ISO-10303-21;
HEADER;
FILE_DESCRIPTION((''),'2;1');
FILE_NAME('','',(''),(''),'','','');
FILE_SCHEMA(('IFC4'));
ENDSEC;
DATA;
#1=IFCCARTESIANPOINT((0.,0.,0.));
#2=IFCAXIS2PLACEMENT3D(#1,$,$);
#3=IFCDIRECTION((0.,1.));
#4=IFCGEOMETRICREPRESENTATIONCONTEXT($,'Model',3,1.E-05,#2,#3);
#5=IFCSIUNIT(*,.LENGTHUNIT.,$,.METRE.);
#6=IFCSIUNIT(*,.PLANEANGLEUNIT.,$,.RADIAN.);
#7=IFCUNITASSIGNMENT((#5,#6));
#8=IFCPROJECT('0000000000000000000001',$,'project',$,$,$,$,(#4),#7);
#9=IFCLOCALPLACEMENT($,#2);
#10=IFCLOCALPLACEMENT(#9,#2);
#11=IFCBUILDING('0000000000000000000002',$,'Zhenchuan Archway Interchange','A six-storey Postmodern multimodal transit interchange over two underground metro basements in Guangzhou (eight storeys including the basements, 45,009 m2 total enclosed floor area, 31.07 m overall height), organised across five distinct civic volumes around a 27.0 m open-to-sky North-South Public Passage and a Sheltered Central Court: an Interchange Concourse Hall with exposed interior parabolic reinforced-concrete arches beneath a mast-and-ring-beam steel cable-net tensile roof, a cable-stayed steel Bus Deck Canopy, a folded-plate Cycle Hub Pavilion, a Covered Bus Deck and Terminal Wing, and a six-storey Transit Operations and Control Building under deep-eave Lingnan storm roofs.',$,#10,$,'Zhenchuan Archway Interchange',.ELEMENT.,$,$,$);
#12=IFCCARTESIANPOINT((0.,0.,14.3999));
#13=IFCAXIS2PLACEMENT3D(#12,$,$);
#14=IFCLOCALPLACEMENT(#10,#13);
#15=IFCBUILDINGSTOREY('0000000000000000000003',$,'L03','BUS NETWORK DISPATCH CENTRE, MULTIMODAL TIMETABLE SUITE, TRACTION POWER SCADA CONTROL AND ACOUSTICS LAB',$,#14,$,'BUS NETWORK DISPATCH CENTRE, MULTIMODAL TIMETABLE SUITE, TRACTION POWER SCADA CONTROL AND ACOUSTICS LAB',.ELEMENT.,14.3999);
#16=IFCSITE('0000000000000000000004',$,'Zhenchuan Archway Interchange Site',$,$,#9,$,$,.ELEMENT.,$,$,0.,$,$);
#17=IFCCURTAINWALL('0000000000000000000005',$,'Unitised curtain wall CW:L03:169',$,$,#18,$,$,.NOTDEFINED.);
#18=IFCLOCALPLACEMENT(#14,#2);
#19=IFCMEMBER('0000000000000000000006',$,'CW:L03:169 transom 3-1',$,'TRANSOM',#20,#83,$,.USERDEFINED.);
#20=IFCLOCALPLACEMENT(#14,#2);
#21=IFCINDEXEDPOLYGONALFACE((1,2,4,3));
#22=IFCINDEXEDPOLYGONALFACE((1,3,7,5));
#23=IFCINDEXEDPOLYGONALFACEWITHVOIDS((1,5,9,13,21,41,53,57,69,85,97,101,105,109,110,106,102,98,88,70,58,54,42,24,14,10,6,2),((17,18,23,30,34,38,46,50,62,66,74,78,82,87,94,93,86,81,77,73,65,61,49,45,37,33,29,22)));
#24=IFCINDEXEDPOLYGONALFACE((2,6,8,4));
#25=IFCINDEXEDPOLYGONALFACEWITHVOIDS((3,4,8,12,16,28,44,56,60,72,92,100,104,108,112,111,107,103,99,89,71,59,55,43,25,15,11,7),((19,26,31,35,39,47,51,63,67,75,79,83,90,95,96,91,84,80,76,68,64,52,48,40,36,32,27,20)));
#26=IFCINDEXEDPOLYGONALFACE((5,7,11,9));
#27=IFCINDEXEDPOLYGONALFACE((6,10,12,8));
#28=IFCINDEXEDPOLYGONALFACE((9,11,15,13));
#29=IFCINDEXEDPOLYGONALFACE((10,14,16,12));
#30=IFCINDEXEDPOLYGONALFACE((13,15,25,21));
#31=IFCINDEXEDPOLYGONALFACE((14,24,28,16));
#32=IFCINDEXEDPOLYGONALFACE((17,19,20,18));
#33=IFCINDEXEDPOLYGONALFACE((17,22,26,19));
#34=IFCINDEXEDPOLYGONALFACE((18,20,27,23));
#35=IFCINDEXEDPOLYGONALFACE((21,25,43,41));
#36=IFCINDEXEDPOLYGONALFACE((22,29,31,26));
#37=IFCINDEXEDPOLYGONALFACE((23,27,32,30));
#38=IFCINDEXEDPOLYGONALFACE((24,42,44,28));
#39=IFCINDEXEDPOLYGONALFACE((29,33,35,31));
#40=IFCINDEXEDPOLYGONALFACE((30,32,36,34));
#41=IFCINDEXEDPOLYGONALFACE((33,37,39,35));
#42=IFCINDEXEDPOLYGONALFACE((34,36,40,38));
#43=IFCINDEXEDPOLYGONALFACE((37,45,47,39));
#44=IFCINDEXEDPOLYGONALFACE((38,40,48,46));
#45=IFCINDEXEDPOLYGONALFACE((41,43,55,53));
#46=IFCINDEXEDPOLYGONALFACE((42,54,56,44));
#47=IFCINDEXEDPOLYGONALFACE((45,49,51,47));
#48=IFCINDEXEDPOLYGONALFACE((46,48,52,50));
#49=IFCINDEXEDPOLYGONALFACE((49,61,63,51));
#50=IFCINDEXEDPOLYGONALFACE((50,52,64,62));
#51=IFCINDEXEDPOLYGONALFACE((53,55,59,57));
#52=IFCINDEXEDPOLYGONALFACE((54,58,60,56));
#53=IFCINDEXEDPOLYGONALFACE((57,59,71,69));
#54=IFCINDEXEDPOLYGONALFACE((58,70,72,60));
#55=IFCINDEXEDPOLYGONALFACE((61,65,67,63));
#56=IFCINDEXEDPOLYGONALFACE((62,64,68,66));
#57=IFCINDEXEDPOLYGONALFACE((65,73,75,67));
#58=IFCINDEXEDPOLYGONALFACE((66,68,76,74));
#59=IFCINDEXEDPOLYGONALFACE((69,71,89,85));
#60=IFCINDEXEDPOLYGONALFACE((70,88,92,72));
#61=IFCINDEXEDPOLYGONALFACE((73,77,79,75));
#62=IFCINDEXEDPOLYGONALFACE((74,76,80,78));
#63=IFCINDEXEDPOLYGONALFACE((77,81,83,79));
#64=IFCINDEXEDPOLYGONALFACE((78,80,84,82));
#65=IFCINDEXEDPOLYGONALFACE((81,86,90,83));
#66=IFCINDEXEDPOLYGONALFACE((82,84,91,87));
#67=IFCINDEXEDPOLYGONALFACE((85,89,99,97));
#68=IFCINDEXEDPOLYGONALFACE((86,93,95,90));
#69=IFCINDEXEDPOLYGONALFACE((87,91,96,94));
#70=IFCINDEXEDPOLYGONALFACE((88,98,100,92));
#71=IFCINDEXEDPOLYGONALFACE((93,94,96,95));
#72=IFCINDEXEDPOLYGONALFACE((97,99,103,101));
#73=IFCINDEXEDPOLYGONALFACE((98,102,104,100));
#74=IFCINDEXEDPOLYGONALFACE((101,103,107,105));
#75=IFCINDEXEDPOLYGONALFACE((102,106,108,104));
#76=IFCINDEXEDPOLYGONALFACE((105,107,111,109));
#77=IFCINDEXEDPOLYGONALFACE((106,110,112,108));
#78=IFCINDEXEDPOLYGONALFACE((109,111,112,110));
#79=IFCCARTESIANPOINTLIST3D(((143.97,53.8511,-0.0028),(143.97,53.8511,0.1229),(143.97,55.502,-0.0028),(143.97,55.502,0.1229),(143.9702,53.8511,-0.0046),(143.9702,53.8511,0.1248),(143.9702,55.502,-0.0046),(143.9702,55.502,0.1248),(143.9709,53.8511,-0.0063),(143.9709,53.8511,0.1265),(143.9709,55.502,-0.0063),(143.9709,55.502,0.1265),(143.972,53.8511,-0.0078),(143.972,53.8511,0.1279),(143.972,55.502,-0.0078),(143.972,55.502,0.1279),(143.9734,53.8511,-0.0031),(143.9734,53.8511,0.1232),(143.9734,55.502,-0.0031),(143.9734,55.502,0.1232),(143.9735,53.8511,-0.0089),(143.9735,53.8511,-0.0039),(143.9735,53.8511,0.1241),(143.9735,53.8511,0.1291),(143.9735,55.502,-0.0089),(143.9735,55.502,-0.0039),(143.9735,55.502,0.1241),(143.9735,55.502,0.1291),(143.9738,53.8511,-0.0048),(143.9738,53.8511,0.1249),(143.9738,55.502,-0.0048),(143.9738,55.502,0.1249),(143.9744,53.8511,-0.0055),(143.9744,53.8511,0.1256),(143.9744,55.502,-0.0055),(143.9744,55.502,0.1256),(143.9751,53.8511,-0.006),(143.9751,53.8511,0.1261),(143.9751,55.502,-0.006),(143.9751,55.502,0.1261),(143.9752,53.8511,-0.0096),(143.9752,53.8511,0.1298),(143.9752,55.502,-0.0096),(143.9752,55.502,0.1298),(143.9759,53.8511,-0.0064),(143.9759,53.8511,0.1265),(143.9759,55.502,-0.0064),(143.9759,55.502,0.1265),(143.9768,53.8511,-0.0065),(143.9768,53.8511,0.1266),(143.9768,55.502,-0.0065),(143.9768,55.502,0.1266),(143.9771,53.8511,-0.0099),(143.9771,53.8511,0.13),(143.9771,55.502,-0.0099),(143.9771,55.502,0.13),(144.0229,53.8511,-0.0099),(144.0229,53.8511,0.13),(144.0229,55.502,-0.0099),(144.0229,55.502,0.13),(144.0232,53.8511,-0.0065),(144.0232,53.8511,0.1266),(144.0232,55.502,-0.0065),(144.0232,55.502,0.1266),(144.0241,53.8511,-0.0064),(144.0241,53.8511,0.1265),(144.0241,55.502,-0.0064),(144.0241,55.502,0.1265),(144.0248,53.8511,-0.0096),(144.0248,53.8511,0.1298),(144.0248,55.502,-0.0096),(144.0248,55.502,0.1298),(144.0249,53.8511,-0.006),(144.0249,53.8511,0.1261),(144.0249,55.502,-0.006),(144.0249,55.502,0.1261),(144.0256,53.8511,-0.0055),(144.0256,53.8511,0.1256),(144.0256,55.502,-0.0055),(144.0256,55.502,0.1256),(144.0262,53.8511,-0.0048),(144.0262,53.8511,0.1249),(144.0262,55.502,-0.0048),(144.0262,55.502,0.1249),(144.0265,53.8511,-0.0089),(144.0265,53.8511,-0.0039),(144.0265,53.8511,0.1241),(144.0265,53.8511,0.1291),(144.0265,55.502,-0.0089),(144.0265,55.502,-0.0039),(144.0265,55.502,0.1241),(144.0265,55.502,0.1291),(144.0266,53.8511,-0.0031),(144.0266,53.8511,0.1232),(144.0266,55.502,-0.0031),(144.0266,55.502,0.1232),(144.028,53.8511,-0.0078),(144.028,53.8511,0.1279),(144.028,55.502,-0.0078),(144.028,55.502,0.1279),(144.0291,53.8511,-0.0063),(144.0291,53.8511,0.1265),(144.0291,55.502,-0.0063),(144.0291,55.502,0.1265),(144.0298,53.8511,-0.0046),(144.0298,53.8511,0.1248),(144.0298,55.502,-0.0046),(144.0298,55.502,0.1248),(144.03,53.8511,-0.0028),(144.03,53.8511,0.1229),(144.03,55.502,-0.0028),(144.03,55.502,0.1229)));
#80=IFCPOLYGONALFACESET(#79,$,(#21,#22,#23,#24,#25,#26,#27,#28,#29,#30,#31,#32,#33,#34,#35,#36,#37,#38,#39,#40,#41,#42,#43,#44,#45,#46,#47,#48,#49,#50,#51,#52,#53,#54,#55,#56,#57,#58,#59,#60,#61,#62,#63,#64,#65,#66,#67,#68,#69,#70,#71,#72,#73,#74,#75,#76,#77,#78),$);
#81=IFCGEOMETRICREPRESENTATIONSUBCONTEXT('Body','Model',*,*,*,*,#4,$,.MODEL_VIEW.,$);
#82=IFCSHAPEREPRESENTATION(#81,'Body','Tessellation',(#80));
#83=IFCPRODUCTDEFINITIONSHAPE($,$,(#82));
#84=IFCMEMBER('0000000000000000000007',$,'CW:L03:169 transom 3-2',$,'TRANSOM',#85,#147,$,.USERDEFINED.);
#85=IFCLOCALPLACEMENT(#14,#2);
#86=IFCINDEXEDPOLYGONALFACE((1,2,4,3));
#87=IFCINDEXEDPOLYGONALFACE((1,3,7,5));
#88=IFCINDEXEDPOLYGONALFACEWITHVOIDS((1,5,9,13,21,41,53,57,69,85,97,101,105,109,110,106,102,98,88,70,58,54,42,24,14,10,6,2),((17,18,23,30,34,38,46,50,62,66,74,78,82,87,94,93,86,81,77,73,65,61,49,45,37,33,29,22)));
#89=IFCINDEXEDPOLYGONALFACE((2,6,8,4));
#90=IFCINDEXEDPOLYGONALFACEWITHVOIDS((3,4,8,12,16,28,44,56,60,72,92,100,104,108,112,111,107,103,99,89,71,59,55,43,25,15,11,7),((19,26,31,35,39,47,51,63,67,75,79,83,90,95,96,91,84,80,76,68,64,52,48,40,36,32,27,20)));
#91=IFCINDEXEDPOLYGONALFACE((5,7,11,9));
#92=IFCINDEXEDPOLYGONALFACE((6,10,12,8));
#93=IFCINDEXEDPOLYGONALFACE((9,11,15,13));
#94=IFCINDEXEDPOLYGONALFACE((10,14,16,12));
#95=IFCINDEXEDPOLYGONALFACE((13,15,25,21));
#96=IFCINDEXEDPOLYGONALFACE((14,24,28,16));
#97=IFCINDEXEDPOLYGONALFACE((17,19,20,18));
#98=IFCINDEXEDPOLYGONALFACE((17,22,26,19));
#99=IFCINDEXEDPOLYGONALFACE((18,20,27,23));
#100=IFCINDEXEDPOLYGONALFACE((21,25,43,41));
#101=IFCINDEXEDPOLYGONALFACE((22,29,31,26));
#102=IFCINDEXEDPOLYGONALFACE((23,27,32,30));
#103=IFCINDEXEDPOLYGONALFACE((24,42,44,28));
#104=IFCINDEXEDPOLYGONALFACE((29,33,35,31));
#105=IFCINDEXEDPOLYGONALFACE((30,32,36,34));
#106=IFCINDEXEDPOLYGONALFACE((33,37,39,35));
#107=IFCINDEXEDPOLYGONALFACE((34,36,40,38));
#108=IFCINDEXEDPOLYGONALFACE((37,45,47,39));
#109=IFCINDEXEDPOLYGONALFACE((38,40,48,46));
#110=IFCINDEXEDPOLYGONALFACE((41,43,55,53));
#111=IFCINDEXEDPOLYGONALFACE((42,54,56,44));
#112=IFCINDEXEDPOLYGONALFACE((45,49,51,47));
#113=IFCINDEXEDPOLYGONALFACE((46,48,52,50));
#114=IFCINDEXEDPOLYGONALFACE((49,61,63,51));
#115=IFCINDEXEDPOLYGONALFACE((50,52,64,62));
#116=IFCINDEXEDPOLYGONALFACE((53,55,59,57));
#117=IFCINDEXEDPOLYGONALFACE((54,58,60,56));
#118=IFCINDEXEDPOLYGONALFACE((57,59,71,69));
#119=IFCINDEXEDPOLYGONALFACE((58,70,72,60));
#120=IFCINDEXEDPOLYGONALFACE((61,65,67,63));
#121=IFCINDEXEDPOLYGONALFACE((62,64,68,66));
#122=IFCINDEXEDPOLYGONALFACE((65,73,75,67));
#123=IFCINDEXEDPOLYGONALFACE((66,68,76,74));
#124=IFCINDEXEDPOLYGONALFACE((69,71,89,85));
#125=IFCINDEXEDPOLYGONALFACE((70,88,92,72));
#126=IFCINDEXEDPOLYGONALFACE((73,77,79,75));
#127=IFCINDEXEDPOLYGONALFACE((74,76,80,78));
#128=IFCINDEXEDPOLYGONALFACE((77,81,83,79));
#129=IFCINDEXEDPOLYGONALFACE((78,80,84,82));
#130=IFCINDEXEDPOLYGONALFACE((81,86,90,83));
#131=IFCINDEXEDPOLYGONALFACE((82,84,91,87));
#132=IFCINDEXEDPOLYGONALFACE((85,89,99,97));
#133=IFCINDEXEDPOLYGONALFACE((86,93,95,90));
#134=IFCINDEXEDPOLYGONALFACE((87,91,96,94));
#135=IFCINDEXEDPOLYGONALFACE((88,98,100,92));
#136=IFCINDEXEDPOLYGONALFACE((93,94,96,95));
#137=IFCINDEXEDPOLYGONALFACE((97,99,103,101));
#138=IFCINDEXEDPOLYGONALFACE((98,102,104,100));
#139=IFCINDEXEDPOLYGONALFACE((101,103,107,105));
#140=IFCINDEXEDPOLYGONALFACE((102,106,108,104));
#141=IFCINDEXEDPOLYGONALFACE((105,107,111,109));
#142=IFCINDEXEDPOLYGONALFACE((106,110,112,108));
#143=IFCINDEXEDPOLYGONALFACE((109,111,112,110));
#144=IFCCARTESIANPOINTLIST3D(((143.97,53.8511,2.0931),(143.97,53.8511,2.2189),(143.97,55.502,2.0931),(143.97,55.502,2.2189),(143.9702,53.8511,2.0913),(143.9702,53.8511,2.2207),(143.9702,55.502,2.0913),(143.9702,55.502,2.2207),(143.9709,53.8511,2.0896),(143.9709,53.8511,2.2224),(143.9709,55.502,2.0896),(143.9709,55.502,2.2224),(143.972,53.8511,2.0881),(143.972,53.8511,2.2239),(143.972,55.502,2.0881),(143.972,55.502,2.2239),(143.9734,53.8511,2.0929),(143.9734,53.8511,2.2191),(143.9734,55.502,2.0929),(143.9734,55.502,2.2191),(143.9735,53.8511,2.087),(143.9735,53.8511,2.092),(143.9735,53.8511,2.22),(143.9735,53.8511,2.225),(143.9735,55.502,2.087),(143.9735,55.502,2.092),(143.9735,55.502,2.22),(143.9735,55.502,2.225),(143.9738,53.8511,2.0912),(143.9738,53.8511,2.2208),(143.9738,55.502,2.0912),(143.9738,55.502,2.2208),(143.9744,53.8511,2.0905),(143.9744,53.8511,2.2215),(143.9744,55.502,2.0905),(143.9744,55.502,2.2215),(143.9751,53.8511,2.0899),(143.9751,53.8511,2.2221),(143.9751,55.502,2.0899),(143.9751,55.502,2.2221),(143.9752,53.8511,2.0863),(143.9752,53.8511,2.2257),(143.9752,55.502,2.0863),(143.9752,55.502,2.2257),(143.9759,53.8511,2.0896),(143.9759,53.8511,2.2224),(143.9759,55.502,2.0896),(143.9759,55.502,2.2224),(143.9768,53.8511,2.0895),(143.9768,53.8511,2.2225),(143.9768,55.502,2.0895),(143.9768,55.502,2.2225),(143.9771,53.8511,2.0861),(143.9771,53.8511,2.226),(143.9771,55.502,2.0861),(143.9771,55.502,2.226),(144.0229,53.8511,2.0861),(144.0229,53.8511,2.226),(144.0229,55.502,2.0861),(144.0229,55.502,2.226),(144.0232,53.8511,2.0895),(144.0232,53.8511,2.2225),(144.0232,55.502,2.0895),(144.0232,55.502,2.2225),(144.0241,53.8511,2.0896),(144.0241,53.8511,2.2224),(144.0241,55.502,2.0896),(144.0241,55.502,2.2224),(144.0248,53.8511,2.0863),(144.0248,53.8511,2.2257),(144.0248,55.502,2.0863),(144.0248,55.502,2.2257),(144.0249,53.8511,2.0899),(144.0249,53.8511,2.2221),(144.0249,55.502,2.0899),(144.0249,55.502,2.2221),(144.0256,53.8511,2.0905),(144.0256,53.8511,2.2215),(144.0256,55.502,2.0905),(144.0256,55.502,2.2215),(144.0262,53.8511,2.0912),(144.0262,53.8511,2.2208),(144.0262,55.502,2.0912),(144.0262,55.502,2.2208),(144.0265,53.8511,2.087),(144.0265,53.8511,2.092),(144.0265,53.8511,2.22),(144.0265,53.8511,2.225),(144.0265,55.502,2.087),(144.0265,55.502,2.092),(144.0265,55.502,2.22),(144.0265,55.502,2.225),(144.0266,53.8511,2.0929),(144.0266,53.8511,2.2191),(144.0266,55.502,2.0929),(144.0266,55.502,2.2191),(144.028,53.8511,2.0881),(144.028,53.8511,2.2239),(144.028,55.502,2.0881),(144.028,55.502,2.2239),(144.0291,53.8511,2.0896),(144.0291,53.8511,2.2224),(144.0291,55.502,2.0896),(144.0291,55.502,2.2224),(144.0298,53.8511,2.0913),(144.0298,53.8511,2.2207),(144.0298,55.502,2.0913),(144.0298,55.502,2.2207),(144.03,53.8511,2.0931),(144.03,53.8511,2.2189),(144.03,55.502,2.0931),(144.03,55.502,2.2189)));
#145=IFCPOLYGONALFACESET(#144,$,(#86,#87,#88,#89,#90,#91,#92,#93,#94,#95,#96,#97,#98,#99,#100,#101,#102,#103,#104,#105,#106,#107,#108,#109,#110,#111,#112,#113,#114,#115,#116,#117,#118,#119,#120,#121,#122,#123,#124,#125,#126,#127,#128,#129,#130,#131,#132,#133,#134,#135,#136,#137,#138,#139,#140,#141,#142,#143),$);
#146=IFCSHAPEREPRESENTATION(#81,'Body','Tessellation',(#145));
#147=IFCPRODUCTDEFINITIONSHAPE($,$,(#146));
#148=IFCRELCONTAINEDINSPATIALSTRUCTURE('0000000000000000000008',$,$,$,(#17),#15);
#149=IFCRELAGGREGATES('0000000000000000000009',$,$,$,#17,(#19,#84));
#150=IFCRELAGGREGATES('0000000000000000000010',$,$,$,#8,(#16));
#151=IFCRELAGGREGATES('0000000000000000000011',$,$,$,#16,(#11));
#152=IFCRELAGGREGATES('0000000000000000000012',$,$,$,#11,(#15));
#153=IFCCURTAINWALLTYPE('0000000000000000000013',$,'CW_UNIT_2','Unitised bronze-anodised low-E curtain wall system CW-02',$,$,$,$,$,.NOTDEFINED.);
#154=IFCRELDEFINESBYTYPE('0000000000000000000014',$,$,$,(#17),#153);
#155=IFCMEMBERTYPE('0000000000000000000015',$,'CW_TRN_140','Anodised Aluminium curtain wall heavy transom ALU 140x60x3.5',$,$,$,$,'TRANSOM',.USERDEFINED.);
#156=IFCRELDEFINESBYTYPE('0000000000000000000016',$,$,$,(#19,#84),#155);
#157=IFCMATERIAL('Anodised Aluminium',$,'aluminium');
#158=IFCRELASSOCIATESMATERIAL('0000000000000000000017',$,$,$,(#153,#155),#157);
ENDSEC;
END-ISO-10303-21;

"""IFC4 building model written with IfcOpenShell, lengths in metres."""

from ifc_helpers import new_model, si_unit, direction, frame, origin, origin_2d, place, context, subcontext, project, spatial, hollow_rectangle, extrude, material, material_profile, profile_set, type_object, element, aggregate, save


model = new_model("IFC4")

# Units and contexts
model_context = context("Model", 3, precision=1e-05, world=origin(), true_north=direction((0.0, 1.0)))
body_context = subcontext(model_context, "Body", "Model", "MODEL_VIEW")
ifc_project = project(units=[si_unit("LENGTHUNIT", "METRE"), si_unit("PLANEANGLEUNIT", "RADIAN")], contexts=[model_context])

# Site, building, storey
site_placement = place(None, origin())
site = spatial("IfcSite", under=ifc_project, at=site_placement, Name="Zhenchuan Archway Interchange Site", CompositionType="ELEMENT", RefElevation=0.0)
building_placement = place(site_placement, origin())
building = spatial("IfcBuilding", under=site, at=building_placement, Name="Zhenchuan Archway Interchange", Description="A six-storey Postmodern multimodal transit interchange over two underground metro basements in Guangzhou (eight storeys including the basements, 45,009 m2 total enclosed floor area, 31.07 m overall height), organised across five distinct civic volumes around a 27.0 m open-to-sky North-South Public Passage and a Sheltered Central Court: an Interchange Concourse Hall with exposed interior parabolic reinforced-concrete arches beneath a mast-and-ring-beam steel cable-net tensile roof, a cable-stayed steel Bus Deck Canopy, a folded-plate Cycle Hub Pavilion, a Covered Bus Deck and Terminal Wing, and a six-storey Transit Operations and Control Building under deep-eave Lingnan storm roofs.", LongName="Zhenchuan Archway Interchange", CompositionType="ELEMENT")
storey_placement = place(building_placement, frame((0.0, 0.0, 14.3999)))
storey = spatial("IfcBuildingStorey", under=building, at=storey_placement, Name="L03", Description="BUS NETWORK DISPATCH CENTRE, MULTIMODAL TIMETABLE SUITE, TRACTION POWER SCADA CONTROL AND ACOUSTICS LAB", LongName="BUS NETWORK DISPATCH CENTRE, MULTIMODAL TIMETABLE SUITE, TRACTION POWER SCADA CONTROL AND ACOUSTICS LAB", CompositionType="ELEMENT", Elevation=14.3999)

# Curtain wall, members
ifc_material_1 = material(Name="Anodised Aluminium", Category="aluminium")
curtain_wall_type = type_object("IfcCurtainWallType", Name="CW_UNIT_2", Description="Unitised bronze-anodised low-E curtain wall system CW-02", PredefinedType="NOTDEFINED", material=ifc_material_1)
curtain_wall_placement = place(storey_placement, origin())
curtain_wall = element("IfcCurtainWall", 1, at=curtain_wall_placement, inside=storey, type_object=curtain_wall_type, Name="Unitised curtain wall CW:L03:169", PredefinedType="NOTDEFINED")
ifc_material_profile_1 = material_profile(ifc_material_1, hollow_rectangle(XDim=0.0601, YDim=0.1399, WallThickness=0.0034, InnerFilletRadius=0.0034, OuterFilletRadius=0.0071, at=origin_2d()), Name="ALU 140x60x3.5")
ifc_profile_set_1 = profile_set([ifc_material_profile_1], Name="Anodised Aluminium")
member_type_1 = type_object("IfcMemberType", Name="CW_TRN_140", Description="Anodised Aluminium curtain wall heavy transom ALU 140x60x3.5", ElementType="TRANSOM", PredefinedType="USERDEFINED", material=ifc_profile_set_1)
member_1_placement = place(storey_placement, frame((144.0, 53.8511, 0.0601), z_axis=(0.0, 1.0, 0.0), x_axis=(-1.0, 0.0, 0.0)))
member_1 = element("IfcMember", 2, at=member_1_placement, type_object=member_type_1, Name="CW:L03:169 transom 3-1", ObjectType="TRANSOM", PredefinedType="USERDEFINED", context=body_context, shape_type="SweptSolid", body=[
    extrude(hollow_rectangle(XDim=0.0601, YDim=0.1399, WallThickness=0.0034, InnerFilletRadius=0.0034, OuterFilletRadius=0.0071, at=origin_2d()), origin(), (0.0, 0.0, 1.0), 1.6509),
])
member_2_placement = place(storey_placement, frame((144.0, 53.8511, 2.156), z_axis=(0.0, 1.0, 0.0), x_axis=(-1.0, 0.0, 0.0)))
member_2 = element("IfcMember", 3, at=member_2_placement, type_object=member_type_1, Name="CW:L03:169 transom 3-2", ObjectType="TRANSOM", PredefinedType="USERDEFINED", context=body_context, shape_type="SweptSolid", body=[
    extrude(hollow_rectangle(XDim=0.0601, YDim=0.1399, WallThickness=0.0034, InnerFilletRadius=0.0034, OuterFilletRadius=0.0071, at=origin_2d()), origin(), (0.0, 0.0, 1.0), 1.6509),
])

aggregate(curtain_wall, [member_1, member_2])

save(model, "model.ifc")
